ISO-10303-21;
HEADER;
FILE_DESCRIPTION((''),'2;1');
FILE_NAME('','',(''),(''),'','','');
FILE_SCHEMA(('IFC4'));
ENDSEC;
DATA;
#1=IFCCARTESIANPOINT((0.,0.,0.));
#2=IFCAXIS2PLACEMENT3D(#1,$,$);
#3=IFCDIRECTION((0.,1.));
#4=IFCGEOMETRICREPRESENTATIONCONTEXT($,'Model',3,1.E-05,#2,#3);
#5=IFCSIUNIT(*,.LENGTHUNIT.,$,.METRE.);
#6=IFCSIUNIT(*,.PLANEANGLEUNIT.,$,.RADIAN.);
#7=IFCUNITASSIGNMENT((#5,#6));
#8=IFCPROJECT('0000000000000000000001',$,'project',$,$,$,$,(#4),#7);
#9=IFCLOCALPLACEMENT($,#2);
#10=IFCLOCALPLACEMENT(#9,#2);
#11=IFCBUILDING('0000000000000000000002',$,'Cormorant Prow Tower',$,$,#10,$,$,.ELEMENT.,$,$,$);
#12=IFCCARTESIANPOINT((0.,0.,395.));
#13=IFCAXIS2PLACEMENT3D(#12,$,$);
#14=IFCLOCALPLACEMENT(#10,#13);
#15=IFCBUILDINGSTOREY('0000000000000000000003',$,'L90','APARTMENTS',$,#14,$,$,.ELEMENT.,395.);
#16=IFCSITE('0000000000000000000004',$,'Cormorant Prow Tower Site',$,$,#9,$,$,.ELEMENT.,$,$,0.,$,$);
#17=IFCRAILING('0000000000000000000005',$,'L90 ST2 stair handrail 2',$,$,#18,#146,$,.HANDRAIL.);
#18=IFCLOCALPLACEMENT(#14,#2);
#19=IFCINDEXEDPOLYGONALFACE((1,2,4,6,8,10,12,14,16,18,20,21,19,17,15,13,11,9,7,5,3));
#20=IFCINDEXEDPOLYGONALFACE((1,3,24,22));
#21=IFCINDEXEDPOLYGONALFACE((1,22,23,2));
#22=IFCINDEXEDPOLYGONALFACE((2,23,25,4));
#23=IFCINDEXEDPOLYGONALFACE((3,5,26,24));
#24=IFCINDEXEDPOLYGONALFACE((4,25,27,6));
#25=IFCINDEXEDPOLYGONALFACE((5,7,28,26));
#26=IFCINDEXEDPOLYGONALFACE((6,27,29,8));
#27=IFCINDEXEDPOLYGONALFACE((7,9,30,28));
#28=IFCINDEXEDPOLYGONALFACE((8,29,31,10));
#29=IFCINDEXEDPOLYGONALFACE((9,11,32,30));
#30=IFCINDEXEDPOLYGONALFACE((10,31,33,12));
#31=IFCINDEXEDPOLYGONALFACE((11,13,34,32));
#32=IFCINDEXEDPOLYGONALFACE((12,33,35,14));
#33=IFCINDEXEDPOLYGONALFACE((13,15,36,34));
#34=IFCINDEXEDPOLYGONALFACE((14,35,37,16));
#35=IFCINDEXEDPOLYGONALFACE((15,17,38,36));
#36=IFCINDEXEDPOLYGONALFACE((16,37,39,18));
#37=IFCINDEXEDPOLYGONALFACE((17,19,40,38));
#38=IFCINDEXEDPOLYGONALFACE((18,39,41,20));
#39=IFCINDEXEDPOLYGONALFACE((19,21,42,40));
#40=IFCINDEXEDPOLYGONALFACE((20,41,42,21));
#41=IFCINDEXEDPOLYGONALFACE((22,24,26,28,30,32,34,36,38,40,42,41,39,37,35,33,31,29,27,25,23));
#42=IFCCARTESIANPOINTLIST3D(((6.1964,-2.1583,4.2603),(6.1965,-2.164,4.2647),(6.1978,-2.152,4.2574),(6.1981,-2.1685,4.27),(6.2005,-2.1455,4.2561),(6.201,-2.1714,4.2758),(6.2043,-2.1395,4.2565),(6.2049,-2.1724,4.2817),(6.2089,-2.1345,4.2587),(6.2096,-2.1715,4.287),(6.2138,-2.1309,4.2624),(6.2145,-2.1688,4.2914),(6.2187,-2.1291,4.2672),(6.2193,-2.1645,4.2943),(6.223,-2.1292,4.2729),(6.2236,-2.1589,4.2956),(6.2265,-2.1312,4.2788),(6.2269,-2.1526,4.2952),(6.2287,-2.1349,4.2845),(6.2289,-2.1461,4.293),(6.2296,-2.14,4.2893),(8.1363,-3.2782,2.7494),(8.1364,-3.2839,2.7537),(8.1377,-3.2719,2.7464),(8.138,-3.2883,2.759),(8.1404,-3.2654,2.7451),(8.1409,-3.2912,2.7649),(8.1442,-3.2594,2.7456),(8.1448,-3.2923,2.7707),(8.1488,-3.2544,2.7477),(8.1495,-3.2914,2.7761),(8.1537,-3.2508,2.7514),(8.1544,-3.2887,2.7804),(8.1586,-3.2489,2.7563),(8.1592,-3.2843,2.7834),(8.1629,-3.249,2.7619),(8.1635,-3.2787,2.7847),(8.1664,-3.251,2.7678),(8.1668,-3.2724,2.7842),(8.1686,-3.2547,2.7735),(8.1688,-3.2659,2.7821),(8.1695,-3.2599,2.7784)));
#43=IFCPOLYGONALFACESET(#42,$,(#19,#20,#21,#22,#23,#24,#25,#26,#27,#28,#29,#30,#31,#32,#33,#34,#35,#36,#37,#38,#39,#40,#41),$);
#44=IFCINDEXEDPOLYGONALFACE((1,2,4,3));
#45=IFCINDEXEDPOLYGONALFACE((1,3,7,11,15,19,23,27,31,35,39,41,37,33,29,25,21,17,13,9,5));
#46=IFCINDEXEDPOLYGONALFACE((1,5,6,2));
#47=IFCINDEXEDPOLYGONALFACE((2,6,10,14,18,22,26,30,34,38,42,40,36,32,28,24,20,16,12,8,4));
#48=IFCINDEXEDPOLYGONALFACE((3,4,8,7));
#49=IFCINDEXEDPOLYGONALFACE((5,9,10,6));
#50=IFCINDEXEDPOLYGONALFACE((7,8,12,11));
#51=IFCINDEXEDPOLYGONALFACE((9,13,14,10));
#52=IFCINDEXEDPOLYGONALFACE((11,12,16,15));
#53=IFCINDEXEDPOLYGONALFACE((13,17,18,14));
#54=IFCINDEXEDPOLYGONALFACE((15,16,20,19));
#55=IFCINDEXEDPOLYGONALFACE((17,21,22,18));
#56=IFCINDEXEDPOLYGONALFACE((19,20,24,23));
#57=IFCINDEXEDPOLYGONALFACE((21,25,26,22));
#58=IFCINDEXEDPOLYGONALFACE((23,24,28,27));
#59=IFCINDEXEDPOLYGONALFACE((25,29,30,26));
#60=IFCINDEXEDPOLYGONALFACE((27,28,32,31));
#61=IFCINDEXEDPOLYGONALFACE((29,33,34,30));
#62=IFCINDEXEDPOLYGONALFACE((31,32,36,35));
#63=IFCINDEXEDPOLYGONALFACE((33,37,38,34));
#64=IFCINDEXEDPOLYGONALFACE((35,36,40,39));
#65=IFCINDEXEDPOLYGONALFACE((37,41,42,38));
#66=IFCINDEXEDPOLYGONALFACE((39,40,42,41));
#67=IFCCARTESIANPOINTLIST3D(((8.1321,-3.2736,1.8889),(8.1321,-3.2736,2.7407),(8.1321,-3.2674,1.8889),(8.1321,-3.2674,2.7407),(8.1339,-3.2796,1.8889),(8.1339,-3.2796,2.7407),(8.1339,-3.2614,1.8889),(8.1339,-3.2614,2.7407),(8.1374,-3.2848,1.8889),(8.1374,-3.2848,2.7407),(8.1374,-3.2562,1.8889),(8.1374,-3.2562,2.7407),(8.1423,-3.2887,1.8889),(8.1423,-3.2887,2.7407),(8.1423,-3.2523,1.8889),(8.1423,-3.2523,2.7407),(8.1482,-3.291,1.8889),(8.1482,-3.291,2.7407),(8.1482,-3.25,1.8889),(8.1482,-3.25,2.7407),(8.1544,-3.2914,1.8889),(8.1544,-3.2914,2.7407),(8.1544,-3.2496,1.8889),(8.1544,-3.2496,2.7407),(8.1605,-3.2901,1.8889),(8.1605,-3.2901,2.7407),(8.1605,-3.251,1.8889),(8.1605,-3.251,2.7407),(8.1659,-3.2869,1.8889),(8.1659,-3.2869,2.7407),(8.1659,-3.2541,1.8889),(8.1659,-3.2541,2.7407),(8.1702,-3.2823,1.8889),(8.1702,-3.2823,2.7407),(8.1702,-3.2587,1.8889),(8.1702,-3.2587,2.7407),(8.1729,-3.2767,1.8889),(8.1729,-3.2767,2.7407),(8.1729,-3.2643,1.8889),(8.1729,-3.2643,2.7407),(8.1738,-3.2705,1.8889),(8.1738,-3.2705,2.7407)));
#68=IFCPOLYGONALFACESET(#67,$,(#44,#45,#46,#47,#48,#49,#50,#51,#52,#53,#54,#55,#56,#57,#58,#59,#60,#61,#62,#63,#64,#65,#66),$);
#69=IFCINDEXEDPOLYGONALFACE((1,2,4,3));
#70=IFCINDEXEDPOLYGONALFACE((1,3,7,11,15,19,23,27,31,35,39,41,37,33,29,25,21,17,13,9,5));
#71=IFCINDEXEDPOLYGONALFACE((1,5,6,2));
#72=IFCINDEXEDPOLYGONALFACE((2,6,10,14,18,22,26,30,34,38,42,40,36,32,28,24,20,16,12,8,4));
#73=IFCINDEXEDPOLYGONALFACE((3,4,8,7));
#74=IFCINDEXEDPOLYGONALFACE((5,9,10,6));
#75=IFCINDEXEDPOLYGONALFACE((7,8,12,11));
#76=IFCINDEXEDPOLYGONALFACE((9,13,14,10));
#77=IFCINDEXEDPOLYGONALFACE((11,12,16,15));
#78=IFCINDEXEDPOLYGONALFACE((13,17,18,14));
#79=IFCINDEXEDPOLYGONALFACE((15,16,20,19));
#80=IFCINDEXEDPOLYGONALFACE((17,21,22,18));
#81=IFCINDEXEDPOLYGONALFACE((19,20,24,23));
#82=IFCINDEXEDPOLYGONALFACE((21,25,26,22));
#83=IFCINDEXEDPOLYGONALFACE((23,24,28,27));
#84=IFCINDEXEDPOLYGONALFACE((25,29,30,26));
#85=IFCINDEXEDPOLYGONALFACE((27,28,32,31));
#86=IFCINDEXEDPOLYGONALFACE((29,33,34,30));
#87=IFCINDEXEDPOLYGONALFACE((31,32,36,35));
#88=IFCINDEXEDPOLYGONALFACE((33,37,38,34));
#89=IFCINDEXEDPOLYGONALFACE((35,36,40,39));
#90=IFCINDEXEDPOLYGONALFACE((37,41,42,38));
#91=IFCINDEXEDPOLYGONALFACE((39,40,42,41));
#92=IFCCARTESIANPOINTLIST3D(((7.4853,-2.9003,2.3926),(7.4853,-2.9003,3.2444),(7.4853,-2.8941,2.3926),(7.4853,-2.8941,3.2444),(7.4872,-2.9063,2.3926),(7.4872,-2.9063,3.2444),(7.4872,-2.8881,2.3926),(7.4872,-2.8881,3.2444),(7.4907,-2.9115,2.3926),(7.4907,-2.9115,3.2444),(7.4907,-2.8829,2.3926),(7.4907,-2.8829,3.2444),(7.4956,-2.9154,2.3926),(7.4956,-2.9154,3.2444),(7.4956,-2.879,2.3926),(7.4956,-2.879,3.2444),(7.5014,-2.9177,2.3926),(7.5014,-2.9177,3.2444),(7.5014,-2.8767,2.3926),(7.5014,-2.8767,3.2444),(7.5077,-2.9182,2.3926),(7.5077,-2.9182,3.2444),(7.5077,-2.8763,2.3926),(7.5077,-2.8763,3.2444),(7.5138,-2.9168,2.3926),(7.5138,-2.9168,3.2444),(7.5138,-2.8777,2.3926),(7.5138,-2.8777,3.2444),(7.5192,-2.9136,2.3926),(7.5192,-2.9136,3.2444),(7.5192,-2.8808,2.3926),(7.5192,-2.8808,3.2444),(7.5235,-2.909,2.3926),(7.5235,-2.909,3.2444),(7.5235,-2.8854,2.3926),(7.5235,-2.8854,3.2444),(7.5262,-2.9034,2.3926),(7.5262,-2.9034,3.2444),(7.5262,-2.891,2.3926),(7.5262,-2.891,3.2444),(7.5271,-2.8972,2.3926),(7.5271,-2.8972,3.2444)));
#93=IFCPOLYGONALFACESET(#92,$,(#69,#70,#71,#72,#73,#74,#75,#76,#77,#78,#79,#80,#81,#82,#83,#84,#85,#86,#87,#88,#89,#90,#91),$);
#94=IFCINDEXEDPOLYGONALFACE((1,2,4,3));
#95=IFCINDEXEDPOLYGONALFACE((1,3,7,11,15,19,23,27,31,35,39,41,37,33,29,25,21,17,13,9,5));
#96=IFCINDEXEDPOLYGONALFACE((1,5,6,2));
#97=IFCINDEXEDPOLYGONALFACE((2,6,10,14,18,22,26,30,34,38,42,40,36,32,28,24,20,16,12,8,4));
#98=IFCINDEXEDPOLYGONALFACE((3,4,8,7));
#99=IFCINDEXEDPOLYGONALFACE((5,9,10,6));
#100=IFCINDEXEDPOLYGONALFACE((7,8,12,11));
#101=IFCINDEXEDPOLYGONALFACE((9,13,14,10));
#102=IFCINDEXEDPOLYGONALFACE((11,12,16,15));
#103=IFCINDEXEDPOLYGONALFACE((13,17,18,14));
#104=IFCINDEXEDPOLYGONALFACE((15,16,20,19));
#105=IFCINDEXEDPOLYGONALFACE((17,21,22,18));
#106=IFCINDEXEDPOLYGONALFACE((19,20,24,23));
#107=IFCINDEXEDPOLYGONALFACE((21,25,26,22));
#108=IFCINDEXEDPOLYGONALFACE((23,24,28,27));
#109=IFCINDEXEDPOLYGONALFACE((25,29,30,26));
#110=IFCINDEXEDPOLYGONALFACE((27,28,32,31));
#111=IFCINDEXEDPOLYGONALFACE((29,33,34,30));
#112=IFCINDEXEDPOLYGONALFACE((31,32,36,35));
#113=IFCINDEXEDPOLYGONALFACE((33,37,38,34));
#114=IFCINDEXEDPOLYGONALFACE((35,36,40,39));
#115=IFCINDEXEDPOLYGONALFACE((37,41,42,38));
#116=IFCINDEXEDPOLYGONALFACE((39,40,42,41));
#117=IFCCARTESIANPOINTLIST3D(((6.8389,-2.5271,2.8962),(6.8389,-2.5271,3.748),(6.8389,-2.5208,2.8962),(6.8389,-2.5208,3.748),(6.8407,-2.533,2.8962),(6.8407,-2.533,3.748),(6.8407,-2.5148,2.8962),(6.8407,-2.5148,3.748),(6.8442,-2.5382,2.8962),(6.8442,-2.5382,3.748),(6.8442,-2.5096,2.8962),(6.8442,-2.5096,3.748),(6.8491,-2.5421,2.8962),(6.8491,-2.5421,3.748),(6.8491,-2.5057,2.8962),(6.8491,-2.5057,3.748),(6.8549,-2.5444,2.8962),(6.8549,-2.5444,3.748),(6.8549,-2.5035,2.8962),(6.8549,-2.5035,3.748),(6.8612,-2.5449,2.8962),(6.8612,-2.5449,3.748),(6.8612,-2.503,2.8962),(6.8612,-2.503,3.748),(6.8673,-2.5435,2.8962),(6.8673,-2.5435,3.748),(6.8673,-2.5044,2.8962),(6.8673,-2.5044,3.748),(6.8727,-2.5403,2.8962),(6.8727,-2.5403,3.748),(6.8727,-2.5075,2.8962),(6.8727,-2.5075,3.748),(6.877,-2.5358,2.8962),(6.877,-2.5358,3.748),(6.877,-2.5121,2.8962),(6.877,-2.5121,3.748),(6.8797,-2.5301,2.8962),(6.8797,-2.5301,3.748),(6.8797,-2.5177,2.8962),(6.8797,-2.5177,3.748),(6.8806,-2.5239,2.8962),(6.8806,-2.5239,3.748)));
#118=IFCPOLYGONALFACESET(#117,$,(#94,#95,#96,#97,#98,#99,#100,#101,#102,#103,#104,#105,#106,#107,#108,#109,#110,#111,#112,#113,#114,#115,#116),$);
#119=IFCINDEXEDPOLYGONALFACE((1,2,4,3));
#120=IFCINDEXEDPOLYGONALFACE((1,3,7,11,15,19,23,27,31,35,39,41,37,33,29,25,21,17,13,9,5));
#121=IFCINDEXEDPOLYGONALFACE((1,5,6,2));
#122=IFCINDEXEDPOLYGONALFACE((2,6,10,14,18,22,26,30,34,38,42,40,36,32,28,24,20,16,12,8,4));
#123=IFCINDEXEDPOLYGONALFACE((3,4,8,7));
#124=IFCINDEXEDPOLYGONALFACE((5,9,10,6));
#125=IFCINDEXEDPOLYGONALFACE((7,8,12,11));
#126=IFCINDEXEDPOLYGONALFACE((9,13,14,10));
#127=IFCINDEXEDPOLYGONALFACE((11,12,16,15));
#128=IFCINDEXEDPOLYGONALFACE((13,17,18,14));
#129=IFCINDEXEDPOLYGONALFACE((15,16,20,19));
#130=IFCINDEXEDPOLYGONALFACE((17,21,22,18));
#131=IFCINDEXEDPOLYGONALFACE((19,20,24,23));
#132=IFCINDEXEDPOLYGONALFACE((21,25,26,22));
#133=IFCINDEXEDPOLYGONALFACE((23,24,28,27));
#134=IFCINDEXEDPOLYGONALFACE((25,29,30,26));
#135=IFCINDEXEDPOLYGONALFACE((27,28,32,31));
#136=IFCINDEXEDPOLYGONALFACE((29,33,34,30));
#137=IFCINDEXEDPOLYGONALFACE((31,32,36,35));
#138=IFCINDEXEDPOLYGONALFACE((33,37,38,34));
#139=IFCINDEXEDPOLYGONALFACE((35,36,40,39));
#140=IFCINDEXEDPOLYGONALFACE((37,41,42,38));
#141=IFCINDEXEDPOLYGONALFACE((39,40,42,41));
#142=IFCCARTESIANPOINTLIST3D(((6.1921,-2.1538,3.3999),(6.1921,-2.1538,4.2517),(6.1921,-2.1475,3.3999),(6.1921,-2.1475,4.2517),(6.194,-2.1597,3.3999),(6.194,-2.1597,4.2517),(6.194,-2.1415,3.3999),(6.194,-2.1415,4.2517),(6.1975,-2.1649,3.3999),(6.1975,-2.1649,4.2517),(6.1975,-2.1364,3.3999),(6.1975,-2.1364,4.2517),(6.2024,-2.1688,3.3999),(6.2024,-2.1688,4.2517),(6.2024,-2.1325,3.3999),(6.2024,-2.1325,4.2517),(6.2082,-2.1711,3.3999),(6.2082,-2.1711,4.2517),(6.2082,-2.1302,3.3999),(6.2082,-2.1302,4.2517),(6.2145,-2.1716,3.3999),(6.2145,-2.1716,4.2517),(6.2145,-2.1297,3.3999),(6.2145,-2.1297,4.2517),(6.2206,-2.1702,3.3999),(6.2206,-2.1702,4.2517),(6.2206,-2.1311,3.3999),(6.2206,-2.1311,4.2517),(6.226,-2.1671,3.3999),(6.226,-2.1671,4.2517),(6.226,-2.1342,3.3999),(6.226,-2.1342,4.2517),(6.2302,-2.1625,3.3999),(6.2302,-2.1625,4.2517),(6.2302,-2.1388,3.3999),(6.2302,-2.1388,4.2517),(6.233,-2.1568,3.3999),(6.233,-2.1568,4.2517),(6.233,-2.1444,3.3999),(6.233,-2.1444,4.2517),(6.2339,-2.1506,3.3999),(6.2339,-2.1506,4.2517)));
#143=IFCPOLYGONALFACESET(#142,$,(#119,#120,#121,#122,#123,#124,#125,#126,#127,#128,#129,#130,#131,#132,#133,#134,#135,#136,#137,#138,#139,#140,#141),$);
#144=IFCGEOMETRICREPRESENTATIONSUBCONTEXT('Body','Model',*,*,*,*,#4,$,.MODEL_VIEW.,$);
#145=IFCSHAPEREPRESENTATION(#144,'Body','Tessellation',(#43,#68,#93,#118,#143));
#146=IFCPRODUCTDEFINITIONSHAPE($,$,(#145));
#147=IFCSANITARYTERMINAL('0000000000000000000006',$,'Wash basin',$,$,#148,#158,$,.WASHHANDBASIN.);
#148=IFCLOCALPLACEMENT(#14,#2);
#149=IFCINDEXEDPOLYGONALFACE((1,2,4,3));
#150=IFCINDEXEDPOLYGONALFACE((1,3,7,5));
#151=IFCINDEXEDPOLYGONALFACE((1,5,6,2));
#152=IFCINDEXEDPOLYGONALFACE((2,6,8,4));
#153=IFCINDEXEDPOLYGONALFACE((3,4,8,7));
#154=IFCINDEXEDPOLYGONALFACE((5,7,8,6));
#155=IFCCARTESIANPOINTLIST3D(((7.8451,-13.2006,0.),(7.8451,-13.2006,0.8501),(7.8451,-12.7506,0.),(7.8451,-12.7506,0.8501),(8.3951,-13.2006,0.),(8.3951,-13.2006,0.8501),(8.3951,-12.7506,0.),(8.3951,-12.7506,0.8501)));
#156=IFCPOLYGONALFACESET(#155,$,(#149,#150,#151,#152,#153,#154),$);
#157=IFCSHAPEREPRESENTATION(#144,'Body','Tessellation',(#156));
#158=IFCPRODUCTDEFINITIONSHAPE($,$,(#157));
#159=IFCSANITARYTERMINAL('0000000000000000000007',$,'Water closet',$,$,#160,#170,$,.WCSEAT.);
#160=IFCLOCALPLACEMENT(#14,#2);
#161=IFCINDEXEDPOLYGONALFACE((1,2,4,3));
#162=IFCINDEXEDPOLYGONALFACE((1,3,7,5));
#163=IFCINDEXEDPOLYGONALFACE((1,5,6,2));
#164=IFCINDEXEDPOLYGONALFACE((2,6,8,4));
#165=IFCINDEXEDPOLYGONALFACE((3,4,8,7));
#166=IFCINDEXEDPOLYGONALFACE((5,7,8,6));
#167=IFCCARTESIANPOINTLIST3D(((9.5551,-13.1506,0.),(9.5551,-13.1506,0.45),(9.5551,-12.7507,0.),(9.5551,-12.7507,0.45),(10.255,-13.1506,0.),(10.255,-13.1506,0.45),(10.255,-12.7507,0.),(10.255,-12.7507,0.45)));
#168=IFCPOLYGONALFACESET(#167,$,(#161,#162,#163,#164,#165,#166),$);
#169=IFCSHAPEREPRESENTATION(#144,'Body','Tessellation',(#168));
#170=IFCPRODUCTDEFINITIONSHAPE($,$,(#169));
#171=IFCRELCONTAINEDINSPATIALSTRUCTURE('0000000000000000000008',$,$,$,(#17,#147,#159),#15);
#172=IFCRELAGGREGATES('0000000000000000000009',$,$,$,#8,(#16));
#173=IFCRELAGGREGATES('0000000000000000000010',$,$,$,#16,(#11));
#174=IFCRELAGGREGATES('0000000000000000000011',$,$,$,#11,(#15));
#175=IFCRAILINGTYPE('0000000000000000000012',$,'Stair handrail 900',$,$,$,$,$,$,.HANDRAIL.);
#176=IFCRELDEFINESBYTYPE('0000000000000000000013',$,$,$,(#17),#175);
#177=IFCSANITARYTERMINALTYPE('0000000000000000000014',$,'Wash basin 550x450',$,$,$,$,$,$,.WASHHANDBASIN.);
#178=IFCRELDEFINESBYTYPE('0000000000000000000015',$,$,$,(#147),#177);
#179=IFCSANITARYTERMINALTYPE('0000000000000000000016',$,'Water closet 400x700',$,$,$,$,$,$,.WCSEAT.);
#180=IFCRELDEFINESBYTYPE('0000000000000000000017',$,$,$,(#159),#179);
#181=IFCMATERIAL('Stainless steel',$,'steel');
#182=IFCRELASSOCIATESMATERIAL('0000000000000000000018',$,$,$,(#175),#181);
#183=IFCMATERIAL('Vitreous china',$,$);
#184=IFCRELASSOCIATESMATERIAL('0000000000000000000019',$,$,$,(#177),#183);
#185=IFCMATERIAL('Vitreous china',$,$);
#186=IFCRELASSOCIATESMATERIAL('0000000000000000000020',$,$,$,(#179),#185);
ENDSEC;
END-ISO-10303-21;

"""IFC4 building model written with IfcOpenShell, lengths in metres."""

from ifc_helpers import new_model, si_unit, direction, frame, origin, origin_2d, place, context, subcontext, project, spatial, rectangle, circle, extrude, material, type_object, element, save


model = new_model("IFC4")

# Units and contexts
model_context = context("Model", 3, precision=1e-05, world=origin(), true_north=direction((0.0, 1.0)))
body_context = subcontext(model_context, "Body", "Model", "MODEL_VIEW")
ifc_project = project(units=[si_unit("LENGTHUNIT", "METRE"), si_unit("PLANEANGLEUNIT", "RADIAN")], contexts=[model_context])

# Site, building, storey
site_placement = place(None, origin())
site = spatial("IfcSite", under=ifc_project, at=site_placement, Name="Cormorant Prow Tower Site", CompositionType="ELEMENT", RefElevation=0.0)
building_placement = place(site_placement, origin())
building = spatial("IfcBuilding", under=site, at=building_placement, Name="Cormorant Prow Tower", CompositionType="ELEMENT")
storey_placement = place(building_placement, frame((0.0, 0.0, 395.0)))
storey = spatial("IfcBuildingStorey", under=building, at=storey_placement, Name="L90", Description="APARTMENTS", CompositionType="ELEMENT", Elevation=395.0)

# Railing
ifc_material_1 = material(Name="Stainless steel", Category="steel")
railing_type = type_object("IfcRailingType", Name="Stair handrail 900", PredefinedType="HANDRAIL", material=ifc_material_1)
railing_placement = place(storey_placement, frame((8.1528, -3.2705, 1.8889)))
element("IfcRailing", 1, at=railing_placement, inside=storey, type_object=railing_type, Name="L90 ST2 stair handrail 2", PredefinedType="HANDRAIL", context=body_context, shape_type="SweptSolid", body=[
    extrude(circle(Radius=0.0239, at=origin_2d()), frame((0.0, 0.0, 0.876), z_axis=(-0.717977, 0.414467, 0.559219), x_axis=(-0.499949, -0.866055, 0.0)), (0.0, 0.0, 1.0), 2.7019),
    extrude(circle(Radius=0.021, at=origin_2d()), origin(), (0.0, 0.0, 1.0), 0.8518),
    extrude(circle(Radius=0.021, at=origin_2d()), frame((-0.6467, 0.3733, 0.5037)), (0.0, 0.0, 1.0), 0.8518),
    extrude(circle(Radius=0.021, at=origin_2d()), frame((-1.2932, 0.7466, 1.0073)), (0.0, 0.0, 1.0), 0.8518),
    extrude(circle(Radius=0.021, at=origin_2d()), frame((-1.9399, 1.1199, 1.511)), (0.0, 0.0, 1.0), 0.8518),
])

# Sanitary terminals
ifc_material_2 = material(Name="Vitreous china")
sanitary_terminal_type_1 = type_object("IfcSanitaryTerminalType", Name="Wash basin 550x450", PredefinedType="WASHHANDBASIN", material=ifc_material_2)
sanitary_terminal_1_placement = place(storey_placement, frame((8.1201, -12.9756, 0.0), z_axis=(0.0, 0.0, 1.0), x_axis=(1.0, 0.0, 0.0)))
element("IfcSanitaryTerminal", 2, at=sanitary_terminal_1_placement, inside=storey, type_object=sanitary_terminal_type_1, Name="Wash basin", PredefinedType="WASHHANDBASIN", context=body_context, shape_type="SweptSolid", body=[
    extrude(rectangle(XDim=0.55, YDim=0.45, at=origin_2d()), origin(), (0.0, 0.0, 1.0), 0.8501),
])
ifc_material_3 = material(Name="Vitreous china")
sanitary_terminal_type_2 = type_object("IfcSanitaryTerminalType", Name="Water closet 400x700", PredefinedType="WCSEAT", material=ifc_material_3)
sanitary_terminal_2_placement = place(storey_placement, frame((9.905, -12.9507, 0.0), z_axis=(0.0, 0.0, 1.0), x_axis=(0.0, -1.0, 0.0)))
element("IfcSanitaryTerminal", 3, at=sanitary_terminal_2_placement, inside=storey, type_object=sanitary_terminal_type_2, Name="Water closet", PredefinedType="WCSEAT", context=body_context, shape_type="SweptSolid", body=[
    extrude(rectangle(XDim=0.3999, YDim=0.7, at=origin_2d()), origin(), (0.0, 0.0, 1.0), 0.45),
])

save(model, "model.ifc")
